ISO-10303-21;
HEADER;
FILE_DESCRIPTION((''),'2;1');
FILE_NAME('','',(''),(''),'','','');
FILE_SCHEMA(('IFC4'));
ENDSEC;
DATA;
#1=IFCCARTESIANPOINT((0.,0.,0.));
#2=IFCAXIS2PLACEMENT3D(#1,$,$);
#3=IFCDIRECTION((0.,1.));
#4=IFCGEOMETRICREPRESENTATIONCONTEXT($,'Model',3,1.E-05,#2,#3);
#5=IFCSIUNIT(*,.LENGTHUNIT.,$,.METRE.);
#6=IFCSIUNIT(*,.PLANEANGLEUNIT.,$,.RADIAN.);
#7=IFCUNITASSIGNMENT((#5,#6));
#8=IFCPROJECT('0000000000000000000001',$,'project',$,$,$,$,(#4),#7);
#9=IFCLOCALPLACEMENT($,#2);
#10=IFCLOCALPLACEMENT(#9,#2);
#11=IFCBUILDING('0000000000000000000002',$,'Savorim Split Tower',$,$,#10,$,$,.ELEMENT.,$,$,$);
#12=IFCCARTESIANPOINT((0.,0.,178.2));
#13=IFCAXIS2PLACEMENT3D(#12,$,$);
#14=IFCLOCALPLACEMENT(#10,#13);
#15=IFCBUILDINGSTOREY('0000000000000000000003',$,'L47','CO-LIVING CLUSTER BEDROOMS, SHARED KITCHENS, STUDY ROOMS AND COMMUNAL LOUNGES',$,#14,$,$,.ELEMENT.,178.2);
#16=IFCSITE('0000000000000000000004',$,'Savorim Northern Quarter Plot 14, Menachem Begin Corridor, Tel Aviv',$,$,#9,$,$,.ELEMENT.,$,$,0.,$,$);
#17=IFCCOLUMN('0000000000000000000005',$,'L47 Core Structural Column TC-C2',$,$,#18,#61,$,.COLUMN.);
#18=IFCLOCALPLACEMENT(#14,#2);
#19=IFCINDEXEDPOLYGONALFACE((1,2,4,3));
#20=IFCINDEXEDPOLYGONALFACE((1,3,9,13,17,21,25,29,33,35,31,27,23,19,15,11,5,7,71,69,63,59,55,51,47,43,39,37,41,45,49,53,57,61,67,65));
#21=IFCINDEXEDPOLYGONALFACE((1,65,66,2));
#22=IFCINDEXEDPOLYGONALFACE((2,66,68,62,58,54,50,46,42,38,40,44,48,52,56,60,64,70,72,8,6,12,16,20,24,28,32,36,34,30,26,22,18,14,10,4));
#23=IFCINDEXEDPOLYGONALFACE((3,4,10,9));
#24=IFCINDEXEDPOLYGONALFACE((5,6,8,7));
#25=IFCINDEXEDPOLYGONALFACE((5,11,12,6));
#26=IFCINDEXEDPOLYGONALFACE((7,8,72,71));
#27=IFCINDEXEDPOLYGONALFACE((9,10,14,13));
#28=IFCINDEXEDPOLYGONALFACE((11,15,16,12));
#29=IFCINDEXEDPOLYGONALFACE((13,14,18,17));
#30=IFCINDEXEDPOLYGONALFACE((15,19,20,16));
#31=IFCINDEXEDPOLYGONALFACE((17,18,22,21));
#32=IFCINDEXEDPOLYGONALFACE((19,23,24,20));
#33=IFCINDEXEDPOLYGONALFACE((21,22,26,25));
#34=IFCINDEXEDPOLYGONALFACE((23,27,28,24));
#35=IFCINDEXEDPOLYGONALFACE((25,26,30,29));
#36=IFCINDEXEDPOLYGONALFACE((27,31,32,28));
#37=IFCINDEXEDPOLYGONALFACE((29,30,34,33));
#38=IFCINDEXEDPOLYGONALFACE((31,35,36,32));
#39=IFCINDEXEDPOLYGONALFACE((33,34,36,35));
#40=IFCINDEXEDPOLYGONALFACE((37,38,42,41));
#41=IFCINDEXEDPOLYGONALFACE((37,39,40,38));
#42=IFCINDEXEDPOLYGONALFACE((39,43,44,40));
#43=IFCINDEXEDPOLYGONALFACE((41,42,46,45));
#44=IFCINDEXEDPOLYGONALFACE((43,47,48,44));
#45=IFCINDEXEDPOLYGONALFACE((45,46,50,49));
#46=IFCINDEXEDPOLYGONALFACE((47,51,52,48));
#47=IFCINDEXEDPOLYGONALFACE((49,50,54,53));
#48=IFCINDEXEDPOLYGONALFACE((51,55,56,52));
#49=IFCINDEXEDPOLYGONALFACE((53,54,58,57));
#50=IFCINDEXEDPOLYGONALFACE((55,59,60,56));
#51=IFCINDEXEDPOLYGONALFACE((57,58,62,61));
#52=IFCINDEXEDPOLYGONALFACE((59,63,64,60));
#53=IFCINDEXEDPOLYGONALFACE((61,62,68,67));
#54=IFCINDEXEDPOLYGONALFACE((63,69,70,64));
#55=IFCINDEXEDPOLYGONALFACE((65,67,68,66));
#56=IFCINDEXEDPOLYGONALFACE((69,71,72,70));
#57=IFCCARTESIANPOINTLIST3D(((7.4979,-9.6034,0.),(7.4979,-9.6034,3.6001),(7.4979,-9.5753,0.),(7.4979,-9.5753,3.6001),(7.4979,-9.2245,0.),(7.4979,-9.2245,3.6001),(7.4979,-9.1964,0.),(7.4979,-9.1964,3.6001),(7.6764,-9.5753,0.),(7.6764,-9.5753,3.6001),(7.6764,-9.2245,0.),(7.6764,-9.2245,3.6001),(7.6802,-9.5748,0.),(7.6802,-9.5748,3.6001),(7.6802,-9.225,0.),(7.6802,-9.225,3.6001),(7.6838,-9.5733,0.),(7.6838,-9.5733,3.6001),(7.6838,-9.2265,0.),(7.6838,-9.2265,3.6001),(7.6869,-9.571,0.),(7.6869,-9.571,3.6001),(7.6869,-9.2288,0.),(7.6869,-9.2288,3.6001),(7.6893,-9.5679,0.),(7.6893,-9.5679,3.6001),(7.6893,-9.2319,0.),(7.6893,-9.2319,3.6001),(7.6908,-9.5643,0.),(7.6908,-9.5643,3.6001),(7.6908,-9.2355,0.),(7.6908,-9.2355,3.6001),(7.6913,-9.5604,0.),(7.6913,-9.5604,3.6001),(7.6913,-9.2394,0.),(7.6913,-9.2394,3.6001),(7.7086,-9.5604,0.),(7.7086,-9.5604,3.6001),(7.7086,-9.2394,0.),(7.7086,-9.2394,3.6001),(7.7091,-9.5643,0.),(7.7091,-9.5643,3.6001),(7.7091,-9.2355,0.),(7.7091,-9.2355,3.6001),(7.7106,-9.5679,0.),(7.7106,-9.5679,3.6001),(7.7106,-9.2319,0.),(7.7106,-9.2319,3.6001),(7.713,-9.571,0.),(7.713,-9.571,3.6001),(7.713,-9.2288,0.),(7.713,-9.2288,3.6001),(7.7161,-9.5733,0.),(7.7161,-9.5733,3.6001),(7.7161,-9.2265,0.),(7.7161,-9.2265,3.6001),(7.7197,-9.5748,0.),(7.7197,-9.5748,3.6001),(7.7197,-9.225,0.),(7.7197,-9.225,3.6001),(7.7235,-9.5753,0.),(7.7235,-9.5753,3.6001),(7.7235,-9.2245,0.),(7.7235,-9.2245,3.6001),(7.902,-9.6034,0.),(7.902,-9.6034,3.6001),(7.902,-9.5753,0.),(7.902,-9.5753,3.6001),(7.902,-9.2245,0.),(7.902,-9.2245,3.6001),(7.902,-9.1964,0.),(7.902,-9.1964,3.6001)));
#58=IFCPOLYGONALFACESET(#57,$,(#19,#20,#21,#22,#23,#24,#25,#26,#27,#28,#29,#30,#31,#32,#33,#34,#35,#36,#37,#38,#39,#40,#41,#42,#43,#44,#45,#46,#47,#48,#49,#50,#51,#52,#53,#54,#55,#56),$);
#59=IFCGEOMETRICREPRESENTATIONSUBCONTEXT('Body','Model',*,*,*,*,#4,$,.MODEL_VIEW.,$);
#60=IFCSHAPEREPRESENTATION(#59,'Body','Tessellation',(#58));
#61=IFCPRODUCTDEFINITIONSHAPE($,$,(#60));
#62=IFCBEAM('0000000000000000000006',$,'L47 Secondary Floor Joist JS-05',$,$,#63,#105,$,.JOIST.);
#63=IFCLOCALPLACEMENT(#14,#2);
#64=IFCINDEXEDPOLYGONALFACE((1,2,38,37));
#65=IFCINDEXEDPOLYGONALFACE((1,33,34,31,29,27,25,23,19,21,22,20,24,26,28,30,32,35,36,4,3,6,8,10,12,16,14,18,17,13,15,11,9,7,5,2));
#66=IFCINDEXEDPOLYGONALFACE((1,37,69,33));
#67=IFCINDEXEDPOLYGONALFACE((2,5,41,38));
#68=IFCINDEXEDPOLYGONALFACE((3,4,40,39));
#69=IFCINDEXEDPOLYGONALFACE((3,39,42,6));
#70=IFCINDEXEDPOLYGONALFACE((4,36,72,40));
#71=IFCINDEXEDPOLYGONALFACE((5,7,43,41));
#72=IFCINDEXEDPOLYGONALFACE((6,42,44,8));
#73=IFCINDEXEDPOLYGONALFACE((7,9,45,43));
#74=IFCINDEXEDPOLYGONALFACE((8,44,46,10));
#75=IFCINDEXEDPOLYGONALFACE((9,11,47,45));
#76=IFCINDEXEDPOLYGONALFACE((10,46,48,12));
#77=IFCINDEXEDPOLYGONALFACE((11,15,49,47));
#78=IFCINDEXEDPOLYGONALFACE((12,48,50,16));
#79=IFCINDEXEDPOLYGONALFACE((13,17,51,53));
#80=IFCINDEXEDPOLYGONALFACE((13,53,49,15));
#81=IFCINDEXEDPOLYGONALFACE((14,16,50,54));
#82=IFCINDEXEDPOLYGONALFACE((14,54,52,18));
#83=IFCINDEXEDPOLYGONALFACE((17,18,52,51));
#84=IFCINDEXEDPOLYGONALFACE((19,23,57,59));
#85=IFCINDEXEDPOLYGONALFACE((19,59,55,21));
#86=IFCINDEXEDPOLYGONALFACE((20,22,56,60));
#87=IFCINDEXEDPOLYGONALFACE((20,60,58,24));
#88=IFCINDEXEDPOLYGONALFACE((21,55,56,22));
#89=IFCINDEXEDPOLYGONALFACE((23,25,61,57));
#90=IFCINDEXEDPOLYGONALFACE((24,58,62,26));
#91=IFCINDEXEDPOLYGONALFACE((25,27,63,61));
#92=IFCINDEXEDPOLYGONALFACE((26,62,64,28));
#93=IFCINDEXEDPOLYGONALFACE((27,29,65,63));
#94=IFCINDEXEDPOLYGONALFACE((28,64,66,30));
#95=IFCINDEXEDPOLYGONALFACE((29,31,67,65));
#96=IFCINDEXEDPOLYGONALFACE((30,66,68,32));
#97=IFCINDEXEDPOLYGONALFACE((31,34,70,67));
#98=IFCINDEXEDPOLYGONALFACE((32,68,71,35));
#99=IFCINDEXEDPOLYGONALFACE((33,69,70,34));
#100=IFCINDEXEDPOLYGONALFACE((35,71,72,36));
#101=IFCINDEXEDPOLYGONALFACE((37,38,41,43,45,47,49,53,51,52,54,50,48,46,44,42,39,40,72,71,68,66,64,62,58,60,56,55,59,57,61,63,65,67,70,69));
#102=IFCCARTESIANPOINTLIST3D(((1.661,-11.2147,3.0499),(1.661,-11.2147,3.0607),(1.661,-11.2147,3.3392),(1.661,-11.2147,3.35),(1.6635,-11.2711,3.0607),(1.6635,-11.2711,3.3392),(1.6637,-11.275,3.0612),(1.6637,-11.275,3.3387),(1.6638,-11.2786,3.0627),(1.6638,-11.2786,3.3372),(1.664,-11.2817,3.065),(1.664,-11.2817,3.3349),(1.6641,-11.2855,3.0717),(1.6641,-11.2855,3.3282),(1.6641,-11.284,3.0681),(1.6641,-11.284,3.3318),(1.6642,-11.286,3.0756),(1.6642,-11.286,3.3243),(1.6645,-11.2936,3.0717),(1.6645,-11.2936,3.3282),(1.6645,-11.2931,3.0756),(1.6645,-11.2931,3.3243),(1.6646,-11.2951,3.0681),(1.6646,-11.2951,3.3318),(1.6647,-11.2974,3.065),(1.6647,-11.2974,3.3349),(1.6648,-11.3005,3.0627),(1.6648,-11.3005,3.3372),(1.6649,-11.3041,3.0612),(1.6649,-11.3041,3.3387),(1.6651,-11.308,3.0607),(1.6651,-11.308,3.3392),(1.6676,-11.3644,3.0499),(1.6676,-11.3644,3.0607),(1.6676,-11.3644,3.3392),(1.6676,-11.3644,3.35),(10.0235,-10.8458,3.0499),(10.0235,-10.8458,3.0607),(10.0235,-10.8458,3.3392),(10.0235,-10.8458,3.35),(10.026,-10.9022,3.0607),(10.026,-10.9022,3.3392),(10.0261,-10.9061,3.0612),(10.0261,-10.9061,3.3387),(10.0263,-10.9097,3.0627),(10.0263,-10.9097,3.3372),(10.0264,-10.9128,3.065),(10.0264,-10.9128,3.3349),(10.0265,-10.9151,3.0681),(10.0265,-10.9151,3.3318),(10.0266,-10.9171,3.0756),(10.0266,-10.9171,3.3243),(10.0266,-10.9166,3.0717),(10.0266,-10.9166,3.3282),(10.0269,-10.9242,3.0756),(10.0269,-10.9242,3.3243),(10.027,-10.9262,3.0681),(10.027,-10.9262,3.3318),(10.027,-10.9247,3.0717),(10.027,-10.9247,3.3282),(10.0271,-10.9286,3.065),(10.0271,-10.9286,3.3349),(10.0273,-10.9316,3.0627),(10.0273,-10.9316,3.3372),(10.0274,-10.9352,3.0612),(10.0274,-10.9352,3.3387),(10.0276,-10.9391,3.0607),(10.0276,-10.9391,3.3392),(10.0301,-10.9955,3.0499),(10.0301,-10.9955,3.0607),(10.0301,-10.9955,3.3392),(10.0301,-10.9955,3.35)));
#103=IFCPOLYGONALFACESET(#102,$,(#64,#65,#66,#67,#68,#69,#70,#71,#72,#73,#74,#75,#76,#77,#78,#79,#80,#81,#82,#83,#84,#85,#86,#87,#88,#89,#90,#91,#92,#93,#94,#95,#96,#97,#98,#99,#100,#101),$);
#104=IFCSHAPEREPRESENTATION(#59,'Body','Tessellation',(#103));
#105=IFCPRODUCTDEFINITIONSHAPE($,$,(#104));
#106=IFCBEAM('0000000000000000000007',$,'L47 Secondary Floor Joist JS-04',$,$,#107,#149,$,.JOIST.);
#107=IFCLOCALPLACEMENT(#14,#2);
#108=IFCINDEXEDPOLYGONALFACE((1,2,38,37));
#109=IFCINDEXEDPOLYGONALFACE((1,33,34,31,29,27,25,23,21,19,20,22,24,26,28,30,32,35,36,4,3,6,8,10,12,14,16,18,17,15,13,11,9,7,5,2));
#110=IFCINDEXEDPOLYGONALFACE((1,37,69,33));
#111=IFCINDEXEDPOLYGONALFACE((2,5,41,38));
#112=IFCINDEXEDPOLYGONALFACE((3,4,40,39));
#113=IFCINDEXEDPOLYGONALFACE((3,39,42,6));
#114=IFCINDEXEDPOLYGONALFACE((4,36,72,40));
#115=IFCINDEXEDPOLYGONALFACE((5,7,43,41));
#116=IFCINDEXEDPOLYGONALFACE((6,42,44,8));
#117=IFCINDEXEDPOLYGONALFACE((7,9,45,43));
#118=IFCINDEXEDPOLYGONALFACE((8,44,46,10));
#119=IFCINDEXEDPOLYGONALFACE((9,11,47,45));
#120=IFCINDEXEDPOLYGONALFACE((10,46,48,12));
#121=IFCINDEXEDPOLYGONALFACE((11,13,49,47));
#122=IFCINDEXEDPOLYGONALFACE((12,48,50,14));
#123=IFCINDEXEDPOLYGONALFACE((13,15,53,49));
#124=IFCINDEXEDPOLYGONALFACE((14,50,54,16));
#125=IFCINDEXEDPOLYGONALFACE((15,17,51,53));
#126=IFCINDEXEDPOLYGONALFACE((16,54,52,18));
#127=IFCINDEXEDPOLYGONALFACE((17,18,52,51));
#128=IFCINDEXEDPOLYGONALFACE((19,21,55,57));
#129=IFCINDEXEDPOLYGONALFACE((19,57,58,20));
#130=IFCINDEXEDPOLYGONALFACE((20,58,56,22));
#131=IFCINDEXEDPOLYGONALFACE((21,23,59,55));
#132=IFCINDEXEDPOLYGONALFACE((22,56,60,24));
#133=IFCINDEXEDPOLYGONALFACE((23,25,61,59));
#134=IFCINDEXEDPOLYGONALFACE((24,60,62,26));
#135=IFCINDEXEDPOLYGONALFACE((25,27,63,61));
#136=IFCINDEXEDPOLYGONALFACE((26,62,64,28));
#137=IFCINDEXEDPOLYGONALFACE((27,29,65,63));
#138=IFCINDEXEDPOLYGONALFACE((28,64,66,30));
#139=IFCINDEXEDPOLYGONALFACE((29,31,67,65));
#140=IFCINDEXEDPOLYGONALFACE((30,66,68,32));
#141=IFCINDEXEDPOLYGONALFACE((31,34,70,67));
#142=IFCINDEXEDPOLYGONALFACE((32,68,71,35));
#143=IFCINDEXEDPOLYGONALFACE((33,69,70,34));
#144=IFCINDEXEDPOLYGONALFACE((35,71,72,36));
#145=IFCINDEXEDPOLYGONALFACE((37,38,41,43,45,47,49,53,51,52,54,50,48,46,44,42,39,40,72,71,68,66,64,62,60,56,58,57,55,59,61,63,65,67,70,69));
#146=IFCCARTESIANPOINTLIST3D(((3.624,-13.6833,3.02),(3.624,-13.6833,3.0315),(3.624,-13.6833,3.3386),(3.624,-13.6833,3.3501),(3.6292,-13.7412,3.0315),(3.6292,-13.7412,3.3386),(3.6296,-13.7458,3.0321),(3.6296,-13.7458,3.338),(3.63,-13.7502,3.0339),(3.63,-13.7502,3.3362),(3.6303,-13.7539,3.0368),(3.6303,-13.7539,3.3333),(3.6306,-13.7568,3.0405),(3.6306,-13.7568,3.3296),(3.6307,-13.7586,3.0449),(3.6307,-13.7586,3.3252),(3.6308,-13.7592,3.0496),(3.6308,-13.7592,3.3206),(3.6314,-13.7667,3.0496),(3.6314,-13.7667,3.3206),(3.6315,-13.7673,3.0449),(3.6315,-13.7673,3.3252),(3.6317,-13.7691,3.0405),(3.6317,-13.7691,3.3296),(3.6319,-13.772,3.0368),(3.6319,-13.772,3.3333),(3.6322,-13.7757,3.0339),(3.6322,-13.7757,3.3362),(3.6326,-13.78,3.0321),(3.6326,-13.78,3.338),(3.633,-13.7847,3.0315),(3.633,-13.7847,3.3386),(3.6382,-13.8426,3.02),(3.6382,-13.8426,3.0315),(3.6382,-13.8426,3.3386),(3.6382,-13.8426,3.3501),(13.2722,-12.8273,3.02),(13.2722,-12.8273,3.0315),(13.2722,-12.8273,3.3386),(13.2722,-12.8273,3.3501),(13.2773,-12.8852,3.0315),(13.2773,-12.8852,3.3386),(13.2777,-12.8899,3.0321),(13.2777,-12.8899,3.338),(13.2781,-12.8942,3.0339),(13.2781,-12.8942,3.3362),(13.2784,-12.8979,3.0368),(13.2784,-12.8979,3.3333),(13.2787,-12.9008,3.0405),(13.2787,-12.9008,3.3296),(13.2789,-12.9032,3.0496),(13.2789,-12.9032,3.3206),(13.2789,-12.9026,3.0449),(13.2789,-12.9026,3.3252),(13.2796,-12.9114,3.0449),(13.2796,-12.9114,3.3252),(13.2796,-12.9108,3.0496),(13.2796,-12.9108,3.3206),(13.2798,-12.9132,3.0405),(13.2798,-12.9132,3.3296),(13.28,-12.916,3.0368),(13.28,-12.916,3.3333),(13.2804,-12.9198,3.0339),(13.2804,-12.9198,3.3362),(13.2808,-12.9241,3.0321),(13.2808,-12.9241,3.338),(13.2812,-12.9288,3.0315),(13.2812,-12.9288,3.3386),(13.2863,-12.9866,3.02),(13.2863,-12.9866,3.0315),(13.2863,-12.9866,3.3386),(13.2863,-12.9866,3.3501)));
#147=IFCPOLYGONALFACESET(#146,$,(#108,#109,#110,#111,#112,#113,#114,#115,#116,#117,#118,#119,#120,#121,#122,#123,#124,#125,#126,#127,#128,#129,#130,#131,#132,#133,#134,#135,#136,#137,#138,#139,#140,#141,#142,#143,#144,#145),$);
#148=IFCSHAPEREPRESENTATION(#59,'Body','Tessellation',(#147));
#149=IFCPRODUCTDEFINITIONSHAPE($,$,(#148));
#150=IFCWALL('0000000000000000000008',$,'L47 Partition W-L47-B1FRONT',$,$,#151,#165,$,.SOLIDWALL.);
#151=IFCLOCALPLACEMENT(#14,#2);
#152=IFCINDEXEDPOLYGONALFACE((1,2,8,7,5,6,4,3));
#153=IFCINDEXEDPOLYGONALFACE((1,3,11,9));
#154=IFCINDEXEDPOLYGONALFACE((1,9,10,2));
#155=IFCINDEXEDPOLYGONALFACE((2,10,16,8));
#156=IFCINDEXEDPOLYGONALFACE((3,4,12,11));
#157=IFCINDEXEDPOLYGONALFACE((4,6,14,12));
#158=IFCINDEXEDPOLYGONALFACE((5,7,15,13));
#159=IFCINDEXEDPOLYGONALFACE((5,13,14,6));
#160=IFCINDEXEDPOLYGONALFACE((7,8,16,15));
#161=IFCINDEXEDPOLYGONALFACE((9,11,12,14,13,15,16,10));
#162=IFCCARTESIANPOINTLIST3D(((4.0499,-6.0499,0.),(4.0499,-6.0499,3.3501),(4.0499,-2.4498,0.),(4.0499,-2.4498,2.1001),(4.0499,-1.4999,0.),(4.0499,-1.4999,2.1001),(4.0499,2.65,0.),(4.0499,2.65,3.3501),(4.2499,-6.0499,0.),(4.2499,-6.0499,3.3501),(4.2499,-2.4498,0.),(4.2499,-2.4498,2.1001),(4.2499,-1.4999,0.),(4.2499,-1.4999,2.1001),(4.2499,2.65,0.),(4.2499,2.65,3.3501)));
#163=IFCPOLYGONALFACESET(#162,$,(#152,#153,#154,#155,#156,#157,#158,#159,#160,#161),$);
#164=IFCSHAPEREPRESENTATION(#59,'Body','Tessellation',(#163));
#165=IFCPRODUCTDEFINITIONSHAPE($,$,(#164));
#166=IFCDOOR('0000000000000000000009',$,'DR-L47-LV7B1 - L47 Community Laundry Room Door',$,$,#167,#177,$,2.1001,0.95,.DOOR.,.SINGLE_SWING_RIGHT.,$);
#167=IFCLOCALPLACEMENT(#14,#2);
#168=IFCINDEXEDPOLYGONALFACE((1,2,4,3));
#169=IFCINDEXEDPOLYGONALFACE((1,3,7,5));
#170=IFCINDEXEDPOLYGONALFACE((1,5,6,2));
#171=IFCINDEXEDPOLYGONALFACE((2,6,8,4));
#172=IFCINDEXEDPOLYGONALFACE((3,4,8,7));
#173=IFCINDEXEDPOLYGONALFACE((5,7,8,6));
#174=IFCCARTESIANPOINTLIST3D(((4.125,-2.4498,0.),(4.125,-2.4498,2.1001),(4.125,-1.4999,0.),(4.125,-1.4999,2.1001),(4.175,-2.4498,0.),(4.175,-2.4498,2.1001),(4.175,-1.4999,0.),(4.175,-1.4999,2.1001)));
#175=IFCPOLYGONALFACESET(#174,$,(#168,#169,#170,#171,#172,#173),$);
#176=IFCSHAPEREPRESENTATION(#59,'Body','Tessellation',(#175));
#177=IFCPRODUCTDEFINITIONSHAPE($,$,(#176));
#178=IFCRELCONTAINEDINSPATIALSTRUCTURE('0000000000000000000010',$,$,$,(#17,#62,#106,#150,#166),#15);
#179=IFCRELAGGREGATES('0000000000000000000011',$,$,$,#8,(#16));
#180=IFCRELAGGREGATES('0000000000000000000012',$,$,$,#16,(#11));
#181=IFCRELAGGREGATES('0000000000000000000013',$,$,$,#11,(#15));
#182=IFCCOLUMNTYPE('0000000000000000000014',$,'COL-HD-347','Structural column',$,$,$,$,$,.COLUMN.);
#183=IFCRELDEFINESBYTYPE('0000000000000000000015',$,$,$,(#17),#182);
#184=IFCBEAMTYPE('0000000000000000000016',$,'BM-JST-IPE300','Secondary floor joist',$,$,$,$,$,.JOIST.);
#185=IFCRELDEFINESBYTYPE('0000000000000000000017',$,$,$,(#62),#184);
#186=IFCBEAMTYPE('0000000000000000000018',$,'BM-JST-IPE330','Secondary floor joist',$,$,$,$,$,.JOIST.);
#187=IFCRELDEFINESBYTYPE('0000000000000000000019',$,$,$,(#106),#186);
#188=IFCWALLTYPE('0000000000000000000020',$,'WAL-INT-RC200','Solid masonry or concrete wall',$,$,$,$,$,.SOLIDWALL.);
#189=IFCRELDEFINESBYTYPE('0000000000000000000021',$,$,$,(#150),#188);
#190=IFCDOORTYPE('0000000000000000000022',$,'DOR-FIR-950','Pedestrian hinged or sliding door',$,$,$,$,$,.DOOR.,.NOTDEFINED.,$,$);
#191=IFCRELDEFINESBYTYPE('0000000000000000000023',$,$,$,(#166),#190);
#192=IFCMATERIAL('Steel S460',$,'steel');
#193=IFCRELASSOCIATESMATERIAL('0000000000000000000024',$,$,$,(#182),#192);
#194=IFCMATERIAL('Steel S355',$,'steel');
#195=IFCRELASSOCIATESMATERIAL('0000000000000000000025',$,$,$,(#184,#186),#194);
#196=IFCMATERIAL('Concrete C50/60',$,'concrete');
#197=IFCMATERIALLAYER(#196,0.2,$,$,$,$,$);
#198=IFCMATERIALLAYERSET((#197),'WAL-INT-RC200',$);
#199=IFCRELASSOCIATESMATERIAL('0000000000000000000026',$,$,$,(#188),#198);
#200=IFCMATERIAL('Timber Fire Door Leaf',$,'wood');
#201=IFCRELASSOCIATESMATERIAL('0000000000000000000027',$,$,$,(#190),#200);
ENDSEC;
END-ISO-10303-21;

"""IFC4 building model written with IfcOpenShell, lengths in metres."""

from ifc_helpers import new_model, si_unit, direction, frame, frame_2d, origin, origin_2d, place, context, subcontext, project, spatial, rectangle, i_section, extrude, material, layer, layer_set, material_profile, profile_set, type_object, element, fill, save


model = new_model("IFC4")

# Units and contexts
model_context = context("Model", 3, precision=1e-05, world=origin(), true_north=direction((0.0, 1.0)))
body_context = subcontext(model_context, "Body", "Model", "MODEL_VIEW")
ifc_project = project(units=[si_unit("LENGTHUNIT", "METRE"), si_unit("PLANEANGLEUNIT", "RADIAN")], contexts=[model_context])

# Site, building, storey
site_placement = place(None, origin())
site = spatial("IfcSite", under=ifc_project, at=site_placement, Name="Savorim Northern Quarter Plot 14, Menachem Begin Corridor, Tel Aviv", CompositionType="ELEMENT", RefElevation=0.0)
building_placement = place(site_placement, origin())
building = spatial("IfcBuilding", under=site, at=building_placement, Name="Savorim Split Tower", CompositionType="ELEMENT")
storey_placement = place(building_placement, frame((0.0, 0.0, 178.2)))
storey = spatial("IfcBuildingStorey", under=building, at=storey_placement, Name="L47", Description="CO-LIVING CLUSTER BEDROOMS, SHARED KITCHENS, STUDY ROOMS AND COMMUNAL LOUNGES", CompositionType="ELEMENT", Elevation=178.2)

# Column
ifc_material_1 = material(Name="Steel S460", Category="steel")
ifc_material_profile_1 = material_profile(ifc_material_1, i_section(OverallWidth=0.4041, OverallDepth=0.407, WebThickness=0.0173, FlangeThickness=0.0281, FilletRadius=0.0149, at=origin_2d()), Name="HD 400x347")
ifc_profile_set_1 = profile_set([ifc_material_profile_1], Name="Steel S460")
column_type = type_object("IfcColumnType", Name="COL-HD-347", Description="Structural column", PredefinedType="COLUMN", material=ifc_profile_set_1)
column_placement = place(storey_placement, frame((7.7, -9.3999, 0.0), z_axis=(0.0, 0.0, 1.0), x_axis=(1.0, 0.0, 0.0)))
element("IfcColumn", 1, at=column_placement, inside=storey, type_object=column_type, Name="L47 Core Structural Column TC-C2", PredefinedType="COLUMN", context=body_context, shape_type="SweptSolid", body=[
    extrude(i_section(OverallWidth=0.4041, OverallDepth=0.407, WebThickness=0.0173, FlangeThickness=0.0281, FilletRadius=0.0149, at=origin_2d()), origin(), (0.0, 0.0, 1.0), 3.6001),
])

# Beams
ifc_material_2 = material(Name="Steel S355", Category="steel")
ifc_material_profile_2 = material_profile(ifc_material_2, i_section(OverallWidth=0.1499, OverallDepth=0.3, WebThickness=0.0071, FlangeThickness=0.0107, FilletRadius=0.0149, at=origin_2d()), Name="IPE 300")
ifc_profile_set_2 = profile_set([ifc_material_profile_2], Name="Steel S355")
beam_type_1 = type_object("IfcBeamType", Name="BM-JST-IPE300", Description="Secondary floor joist", PredefinedType="JOIST", material=ifc_profile_set_2)
beam_1_placement = place(storey_placement, frame((1.6643, -11.2896, 3.2), z_axis=(0.999028, 0.04407, 0.0), x_axis=(-0.04407, 0.999028, 0.0)))
element("IfcBeam", 2, at=beam_1_placement, inside=storey, type_object=beam_type_1, Name="L47 Secondary Floor Joist JS-05", PredefinedType="JOIST", context=body_context, shape_type="SweptSolid", body=[
    extrude(i_section(OverallWidth=0.1499, OverallDepth=0.3, WebThickness=0.0071, FlangeThickness=0.0107, FilletRadius=0.0149, at=origin_2d()), origin(), (0.0, 0.0, 1.0), 8.3706),
])
ifc_material_profile_3 = material_profile(ifc_material_2, i_section(OverallWidth=0.1599, OverallDepth=0.3301, WebThickness=0.0076, FlangeThickness=0.0115, FilletRadius=0.0181, at=origin_2d()), Name="IPE 330")
ifc_profile_set_3 = profile_set([ifc_material_profile_3], Name="Steel S355")
beam_type_2 = type_object("IfcBeamType", Name="BM-JST-IPE330", Description="Secondary floor joist", PredefinedType="JOIST", material=ifc_profile_set_3)
beam_2_placement = place(storey_placement, frame((3.6311, -13.7629, 3.1851), z_axis=(0.996088, 0.08837, 0.0), x_axis=(-0.08837, 0.996088, 0.0)))
element("IfcBeam", 3, at=beam_2_placement, inside=storey, type_object=beam_type_2, Name="L47 Secondary Floor Joist JS-04", PredefinedType="JOIST", context=body_context, shape_type="SweptSolid", body=[
    extrude(i_section(OverallWidth=0.1599, OverallDepth=0.3301, WebThickness=0.0076, FlangeThickness=0.0115, FilletRadius=0.0181, at=origin_2d()), origin(), (0.0, 0.0, 1.0), 9.686),
])

# Wall, opening, door
ifc_material_3 = material(Name="Concrete C50/60", Category="concrete")
ifc_layer_1 = layer(ifc_material_3, 0.2)
ifc_layer_set_1 = layer_set([ifc_layer_1], Name="WAL-INT-RC200")
wall_type_1 = type_object("IfcWallType", Name="WAL-INT-RC200", Description="Solid masonry or concrete wall", PredefinedType="SOLIDWALL", material=ifc_layer_set_1)
wall_1_placement = place(storey_placement, frame((4.1499, -6.05, 0.0), z_axis=(0.0, 0.0, 1.0), x_axis=(0.0, 1.0, 0.0)))
wall_1 = element("IfcWall", 4, at=wall_1_placement, inside=storey, type_object=wall_type_1, Name="L47 Partition W-L47-B1FRONT", PredefinedType="SOLIDWALL", context=body_context, shape_type="SweptSolid", body=[
    extrude(rectangle(XDim=8.7, YDim=0.2, at=frame_2d((4.3501, 0.0))), origin(), (0.0, 0.0, 1.0), 3.3501),
])
opening_1_placement = place(wall_1_placement, frame((3.6001, 0.0, 0.0)))
opening_1 = element("IfcOpeningElement", 5, at=opening_1_placement, cuts=wall_1, PredefinedType="OPENING", context=body_context, shape_type="SweptSolid", body=[
    extrude(rectangle(XDim=0.95, YDim=2.1001, at=frame_2d((0.4751, 1.05))), frame((0.0, 0.1099, 0.0), z_axis=(0.0, -1.0, 0.0), x_axis=(1.0, 0.0, 0.0)), (0.0, 0.0, 1.0), 0.22),
])
ifc_material_4 = material(Name="Timber Fire Door Leaf", Category="wood")
door_type_1 = type_object("IfcDoorType", Name="DOR-FIR-950", Description="Pedestrian hinged or sliding door", OperationType="NOTDEFINED", PredefinedType="DOOR", material=ifc_material_4)
door_1_placement = place(opening_1_placement, origin())
door_1 = element("IfcDoor", 6, at=door_1_placement, inside=storey, type_object=door_type_1, Name="DR-L47-LV7B1 - L47 Community Laundry Room Door", OperationType="SINGLE_SWING_RIGHT", OverallHeight=2.1001, OverallWidth=0.95, PredefinedType="DOOR", context=body_context, shape_type="SweptSolid", body=[
    extrude(rectangle(XDim=0.95, YDim=2.1001, at=frame_2d((0.4751, 1.05))), frame((0.0, 0.0249, 0.0), z_axis=(0.0, -1.0, 0.0), x_axis=(1.0, 0.0, 0.0)), (0.0, 0.0, 1.0), 0.05),
])
fill(opening_1, door_1)

save(model, "model.ifc")
